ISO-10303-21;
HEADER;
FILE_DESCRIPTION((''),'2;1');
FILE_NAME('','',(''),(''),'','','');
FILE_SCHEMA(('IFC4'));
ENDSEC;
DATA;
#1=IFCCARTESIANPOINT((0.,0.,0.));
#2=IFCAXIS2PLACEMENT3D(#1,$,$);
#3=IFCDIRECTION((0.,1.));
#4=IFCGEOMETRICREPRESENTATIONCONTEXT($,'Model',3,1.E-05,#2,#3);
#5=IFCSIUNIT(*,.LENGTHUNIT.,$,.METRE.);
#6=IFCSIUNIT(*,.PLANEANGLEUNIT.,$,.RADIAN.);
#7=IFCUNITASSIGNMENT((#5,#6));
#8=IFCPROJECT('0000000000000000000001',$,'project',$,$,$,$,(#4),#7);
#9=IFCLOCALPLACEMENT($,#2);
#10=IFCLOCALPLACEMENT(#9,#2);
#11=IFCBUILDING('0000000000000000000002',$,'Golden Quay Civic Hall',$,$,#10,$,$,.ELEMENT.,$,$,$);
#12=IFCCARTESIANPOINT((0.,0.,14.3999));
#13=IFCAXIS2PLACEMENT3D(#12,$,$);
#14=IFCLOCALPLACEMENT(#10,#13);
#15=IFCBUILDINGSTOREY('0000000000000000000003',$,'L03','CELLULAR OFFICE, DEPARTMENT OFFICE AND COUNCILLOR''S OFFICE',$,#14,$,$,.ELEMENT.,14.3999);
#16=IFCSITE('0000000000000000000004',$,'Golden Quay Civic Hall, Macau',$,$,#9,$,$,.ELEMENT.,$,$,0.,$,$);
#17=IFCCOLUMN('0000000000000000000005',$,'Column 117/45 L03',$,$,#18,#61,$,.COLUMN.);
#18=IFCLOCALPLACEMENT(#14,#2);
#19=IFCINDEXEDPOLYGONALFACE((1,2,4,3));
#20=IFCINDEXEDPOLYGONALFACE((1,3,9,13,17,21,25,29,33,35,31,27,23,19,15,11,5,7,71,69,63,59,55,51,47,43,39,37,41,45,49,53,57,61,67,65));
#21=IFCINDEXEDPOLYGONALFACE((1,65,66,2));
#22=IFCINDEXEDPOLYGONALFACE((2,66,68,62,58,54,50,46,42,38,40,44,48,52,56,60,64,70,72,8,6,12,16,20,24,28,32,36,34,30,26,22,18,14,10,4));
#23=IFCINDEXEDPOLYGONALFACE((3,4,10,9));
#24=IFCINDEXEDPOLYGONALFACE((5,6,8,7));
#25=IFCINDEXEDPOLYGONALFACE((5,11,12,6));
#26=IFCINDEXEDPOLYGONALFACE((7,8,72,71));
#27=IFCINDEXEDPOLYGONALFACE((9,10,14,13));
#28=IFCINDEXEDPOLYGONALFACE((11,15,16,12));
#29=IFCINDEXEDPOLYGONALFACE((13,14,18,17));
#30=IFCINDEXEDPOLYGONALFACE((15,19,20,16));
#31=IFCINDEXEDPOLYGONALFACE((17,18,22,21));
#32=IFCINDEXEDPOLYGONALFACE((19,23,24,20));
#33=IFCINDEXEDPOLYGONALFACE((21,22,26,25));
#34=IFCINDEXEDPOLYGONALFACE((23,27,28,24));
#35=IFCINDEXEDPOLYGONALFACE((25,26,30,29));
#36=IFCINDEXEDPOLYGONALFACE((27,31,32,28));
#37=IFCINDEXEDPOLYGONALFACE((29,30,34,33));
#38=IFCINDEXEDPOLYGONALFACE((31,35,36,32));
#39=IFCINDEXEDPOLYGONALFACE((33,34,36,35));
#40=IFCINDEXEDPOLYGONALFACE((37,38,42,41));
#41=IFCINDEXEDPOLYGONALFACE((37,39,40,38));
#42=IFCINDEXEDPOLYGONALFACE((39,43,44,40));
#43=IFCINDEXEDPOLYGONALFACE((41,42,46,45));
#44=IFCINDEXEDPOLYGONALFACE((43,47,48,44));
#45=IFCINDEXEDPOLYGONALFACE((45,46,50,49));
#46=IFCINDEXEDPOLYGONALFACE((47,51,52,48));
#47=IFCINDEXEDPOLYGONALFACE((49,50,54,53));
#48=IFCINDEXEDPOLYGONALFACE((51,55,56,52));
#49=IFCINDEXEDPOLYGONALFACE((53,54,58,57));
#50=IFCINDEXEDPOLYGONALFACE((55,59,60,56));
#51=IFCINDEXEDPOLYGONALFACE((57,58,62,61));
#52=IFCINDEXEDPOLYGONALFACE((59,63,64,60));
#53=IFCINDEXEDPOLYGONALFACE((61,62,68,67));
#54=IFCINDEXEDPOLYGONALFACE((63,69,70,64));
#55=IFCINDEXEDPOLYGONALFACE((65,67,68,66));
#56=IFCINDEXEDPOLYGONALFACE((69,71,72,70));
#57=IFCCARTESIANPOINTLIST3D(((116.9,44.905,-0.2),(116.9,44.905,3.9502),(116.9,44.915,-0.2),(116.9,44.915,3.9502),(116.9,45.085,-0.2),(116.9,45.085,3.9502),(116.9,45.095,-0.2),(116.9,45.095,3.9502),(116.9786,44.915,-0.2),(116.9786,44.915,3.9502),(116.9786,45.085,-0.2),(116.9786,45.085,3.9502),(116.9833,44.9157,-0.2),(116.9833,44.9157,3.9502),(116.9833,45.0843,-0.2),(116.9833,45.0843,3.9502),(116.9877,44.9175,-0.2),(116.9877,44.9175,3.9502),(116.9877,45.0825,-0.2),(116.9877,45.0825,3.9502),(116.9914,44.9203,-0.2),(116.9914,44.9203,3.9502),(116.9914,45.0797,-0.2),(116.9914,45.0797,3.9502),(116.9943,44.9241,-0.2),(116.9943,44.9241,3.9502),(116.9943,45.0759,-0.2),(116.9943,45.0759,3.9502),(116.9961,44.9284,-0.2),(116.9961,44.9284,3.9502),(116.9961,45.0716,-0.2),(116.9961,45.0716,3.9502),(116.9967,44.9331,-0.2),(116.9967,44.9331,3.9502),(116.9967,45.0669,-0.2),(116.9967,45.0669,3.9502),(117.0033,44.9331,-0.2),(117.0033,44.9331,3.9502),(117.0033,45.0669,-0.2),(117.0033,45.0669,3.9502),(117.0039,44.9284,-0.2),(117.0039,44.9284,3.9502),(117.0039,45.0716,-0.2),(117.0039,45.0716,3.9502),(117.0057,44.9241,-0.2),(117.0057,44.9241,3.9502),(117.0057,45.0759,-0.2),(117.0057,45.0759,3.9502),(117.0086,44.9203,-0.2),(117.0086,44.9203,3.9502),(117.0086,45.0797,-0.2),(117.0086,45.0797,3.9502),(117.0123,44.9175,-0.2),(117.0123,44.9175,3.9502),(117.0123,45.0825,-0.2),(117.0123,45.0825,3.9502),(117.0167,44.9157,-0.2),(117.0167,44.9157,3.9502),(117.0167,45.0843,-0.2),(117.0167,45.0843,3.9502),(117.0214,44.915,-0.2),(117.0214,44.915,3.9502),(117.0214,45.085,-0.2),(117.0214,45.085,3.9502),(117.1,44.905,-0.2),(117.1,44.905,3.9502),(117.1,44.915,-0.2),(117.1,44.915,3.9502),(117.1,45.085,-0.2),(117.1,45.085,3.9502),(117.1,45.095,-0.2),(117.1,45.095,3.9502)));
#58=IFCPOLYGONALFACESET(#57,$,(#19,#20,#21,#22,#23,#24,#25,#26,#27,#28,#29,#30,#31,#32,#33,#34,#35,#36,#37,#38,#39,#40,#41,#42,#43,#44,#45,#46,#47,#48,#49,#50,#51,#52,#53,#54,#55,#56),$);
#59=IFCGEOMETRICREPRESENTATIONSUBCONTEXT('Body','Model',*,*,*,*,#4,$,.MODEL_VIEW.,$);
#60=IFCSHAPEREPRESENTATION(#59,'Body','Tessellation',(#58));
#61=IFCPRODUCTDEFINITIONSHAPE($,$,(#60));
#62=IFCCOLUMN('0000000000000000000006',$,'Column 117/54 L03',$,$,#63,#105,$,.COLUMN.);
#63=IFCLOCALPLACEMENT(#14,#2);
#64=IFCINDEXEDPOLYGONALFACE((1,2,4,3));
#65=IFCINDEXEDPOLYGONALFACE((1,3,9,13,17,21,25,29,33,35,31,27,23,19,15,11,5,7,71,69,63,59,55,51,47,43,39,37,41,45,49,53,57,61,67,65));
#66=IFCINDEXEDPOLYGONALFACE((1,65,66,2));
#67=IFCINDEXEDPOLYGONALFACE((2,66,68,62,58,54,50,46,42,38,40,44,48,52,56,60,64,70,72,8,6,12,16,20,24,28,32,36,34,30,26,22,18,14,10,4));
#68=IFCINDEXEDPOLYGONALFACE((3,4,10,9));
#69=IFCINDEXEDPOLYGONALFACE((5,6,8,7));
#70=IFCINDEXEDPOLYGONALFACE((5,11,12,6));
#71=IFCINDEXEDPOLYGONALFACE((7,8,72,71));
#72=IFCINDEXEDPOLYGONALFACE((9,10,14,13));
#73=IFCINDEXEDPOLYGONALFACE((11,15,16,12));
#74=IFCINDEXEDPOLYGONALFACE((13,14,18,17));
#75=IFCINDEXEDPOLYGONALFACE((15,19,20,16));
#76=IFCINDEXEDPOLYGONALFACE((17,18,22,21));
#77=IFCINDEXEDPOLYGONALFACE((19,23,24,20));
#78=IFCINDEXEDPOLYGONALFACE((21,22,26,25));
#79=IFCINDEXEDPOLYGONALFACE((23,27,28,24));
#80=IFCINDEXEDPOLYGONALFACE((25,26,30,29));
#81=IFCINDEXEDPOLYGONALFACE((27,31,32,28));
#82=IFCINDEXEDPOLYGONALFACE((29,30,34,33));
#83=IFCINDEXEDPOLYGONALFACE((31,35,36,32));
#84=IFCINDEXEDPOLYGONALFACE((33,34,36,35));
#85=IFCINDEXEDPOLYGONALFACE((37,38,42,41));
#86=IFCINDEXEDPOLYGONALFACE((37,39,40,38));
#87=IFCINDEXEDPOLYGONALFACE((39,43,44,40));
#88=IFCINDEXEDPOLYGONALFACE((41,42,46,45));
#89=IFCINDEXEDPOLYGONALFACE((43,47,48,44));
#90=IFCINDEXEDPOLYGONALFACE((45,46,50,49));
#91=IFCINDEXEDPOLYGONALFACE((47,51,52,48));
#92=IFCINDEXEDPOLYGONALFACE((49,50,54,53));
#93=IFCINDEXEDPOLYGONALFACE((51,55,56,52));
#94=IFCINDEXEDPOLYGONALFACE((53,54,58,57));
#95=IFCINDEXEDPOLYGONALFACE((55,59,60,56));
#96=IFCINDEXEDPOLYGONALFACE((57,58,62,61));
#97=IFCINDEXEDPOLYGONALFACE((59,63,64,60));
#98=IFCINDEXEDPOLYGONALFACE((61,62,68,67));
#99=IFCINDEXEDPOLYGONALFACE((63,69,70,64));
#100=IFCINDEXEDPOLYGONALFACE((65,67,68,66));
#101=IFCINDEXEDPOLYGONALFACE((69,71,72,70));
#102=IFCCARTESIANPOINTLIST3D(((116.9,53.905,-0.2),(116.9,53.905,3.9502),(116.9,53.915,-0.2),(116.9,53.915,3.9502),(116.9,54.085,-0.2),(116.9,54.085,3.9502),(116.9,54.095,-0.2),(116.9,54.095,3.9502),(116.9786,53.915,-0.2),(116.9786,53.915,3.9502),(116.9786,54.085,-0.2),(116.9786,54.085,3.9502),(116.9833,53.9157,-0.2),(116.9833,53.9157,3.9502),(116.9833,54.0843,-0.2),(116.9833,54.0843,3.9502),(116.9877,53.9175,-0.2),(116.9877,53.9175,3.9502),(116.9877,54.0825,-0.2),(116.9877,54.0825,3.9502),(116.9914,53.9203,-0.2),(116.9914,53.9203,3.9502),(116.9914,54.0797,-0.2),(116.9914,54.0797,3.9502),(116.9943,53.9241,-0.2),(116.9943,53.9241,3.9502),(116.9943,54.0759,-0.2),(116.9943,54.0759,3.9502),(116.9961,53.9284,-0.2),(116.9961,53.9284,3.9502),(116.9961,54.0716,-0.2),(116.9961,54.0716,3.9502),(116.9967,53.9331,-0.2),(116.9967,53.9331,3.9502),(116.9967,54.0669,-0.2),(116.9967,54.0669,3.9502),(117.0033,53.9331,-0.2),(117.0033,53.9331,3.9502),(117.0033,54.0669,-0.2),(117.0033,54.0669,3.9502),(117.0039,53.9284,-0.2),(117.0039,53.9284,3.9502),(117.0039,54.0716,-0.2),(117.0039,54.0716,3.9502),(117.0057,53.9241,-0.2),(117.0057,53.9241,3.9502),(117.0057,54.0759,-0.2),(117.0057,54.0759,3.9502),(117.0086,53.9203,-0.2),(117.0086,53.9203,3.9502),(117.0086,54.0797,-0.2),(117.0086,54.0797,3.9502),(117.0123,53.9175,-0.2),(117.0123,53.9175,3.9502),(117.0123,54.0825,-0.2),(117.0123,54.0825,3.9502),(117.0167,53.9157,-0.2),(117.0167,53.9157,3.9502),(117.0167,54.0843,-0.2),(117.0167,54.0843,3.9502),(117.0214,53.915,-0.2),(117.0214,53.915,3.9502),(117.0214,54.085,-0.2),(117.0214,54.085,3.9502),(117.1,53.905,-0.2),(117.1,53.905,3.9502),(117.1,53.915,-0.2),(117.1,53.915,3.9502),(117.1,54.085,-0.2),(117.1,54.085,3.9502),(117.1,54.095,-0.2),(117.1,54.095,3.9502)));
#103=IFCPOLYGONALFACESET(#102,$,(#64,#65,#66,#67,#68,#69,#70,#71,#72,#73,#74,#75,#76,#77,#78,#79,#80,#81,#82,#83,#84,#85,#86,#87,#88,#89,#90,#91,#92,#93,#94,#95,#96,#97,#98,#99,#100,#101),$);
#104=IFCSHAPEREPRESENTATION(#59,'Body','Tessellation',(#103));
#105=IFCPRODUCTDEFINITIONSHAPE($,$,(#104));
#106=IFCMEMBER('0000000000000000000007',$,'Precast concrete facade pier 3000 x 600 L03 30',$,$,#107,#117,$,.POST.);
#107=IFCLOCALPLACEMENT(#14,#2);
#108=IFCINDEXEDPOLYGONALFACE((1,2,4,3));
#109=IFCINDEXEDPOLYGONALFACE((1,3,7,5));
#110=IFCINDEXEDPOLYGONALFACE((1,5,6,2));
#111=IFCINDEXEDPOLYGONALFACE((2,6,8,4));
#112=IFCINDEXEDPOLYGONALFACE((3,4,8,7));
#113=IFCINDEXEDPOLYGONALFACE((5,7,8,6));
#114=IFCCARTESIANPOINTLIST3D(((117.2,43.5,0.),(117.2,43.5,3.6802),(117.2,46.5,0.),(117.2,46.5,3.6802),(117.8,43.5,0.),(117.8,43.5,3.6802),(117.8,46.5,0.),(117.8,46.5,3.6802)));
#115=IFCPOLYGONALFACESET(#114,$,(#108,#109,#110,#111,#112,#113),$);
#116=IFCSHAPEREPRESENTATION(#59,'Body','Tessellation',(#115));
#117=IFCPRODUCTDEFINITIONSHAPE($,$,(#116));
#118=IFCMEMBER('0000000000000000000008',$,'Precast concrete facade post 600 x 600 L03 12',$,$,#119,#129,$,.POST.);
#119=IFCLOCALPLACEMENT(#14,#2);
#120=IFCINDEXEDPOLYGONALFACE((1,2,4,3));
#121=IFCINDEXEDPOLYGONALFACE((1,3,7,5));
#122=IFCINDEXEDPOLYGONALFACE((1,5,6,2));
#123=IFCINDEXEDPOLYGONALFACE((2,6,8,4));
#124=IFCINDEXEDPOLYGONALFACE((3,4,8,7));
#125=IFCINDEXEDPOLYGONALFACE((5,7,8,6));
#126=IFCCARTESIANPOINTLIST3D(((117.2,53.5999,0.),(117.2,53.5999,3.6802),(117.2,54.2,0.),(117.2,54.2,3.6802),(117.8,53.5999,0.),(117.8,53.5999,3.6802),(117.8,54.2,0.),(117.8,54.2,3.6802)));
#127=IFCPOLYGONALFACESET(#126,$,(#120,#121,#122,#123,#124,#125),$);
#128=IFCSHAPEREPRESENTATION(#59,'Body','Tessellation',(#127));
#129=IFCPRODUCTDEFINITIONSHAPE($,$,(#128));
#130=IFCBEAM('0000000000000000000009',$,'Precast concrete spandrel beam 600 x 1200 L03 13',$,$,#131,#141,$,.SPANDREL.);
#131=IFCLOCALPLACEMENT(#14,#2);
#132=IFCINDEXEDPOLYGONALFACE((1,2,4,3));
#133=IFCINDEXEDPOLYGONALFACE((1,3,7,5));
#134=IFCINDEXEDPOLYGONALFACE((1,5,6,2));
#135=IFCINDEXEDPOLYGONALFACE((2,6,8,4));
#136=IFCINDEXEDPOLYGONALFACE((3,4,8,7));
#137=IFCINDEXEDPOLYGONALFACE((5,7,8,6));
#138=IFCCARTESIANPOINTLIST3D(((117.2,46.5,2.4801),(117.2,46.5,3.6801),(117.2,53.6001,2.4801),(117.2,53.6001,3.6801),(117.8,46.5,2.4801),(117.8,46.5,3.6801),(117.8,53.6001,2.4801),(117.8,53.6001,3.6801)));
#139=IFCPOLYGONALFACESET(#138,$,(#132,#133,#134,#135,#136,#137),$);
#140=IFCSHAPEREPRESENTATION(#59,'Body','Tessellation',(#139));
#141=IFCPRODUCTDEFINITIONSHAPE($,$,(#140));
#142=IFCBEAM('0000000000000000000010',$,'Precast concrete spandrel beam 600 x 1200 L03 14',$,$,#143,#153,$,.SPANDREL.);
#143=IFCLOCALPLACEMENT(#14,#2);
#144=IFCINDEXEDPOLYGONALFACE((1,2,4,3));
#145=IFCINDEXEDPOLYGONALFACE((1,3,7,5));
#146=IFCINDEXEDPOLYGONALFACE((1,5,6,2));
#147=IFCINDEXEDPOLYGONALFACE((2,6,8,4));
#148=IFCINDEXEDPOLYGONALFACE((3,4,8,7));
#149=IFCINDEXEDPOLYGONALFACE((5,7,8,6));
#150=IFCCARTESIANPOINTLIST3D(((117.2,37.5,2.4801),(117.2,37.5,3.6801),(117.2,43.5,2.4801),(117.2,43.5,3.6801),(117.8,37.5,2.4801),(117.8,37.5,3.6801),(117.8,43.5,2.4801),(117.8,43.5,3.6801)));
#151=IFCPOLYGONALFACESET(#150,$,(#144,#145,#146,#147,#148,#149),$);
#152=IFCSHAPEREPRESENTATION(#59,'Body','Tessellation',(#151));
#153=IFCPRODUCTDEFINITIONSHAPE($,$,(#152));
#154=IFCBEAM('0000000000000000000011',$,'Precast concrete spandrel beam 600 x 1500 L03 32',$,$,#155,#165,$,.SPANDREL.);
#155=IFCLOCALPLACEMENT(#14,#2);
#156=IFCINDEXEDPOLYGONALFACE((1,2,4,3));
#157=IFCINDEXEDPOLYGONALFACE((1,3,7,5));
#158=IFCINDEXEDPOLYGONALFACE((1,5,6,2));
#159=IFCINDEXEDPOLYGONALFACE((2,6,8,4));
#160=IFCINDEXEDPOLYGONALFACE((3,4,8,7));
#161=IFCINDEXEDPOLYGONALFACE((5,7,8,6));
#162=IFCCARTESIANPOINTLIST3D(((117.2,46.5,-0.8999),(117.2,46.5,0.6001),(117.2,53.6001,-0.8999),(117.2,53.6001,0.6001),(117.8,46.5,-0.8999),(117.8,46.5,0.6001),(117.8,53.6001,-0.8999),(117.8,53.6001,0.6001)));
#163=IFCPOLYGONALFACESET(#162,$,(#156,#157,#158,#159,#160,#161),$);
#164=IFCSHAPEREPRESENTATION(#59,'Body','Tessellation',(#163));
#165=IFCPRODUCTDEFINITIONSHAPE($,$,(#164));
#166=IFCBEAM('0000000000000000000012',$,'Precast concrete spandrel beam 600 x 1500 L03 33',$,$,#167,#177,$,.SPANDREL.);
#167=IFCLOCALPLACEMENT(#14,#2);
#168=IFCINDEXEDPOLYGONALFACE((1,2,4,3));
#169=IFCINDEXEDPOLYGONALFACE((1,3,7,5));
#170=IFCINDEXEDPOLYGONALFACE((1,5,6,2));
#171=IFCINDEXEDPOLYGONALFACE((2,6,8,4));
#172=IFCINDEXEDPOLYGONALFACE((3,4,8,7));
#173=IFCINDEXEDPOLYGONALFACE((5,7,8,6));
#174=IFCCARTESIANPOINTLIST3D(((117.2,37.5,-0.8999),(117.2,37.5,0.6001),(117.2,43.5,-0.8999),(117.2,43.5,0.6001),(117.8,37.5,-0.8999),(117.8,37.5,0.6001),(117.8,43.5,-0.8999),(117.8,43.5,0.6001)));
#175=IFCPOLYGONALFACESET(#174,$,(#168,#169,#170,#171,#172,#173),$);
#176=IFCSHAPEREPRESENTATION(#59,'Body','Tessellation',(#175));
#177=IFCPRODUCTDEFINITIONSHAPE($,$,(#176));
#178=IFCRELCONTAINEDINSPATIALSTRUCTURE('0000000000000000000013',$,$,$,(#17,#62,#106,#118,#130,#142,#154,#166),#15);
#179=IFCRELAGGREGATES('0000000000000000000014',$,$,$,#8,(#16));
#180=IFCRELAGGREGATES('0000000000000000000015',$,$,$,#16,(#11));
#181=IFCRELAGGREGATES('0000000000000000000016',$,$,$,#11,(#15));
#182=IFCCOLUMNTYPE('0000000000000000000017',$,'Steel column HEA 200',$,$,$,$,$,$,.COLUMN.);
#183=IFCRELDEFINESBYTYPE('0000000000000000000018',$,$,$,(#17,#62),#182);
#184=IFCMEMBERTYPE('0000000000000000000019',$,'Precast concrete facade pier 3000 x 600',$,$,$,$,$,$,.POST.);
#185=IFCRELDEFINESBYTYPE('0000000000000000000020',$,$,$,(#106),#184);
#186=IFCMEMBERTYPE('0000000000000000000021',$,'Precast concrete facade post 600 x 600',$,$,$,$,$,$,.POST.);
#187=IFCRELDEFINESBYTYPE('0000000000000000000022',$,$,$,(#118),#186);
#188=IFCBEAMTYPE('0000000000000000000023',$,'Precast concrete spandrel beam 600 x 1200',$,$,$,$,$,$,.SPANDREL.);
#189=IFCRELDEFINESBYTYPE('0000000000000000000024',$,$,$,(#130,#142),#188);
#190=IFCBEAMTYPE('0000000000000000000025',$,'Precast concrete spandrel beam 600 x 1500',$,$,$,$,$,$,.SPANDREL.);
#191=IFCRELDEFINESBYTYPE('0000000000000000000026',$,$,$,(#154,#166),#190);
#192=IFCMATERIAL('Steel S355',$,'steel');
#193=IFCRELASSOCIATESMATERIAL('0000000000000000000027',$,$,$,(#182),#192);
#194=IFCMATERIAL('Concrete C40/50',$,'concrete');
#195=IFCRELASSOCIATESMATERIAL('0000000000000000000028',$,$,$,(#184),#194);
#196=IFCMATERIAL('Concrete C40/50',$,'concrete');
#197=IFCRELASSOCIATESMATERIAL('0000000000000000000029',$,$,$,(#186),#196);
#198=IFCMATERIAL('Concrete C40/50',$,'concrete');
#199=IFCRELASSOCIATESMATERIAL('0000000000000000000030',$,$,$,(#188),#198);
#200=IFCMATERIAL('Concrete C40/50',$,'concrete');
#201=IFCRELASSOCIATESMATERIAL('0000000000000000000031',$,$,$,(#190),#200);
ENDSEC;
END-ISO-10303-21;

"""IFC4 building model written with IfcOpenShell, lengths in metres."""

from ifc_helpers import new_model, si_unit, direction, frame, origin, origin_2d, place, context, subcontext, project, spatial, rectangle, i_section, extrude, material, material_profile, profile_set, type_object, element, save


model = new_model("IFC4")

# Units and contexts
model_context = context("Model", 3, precision=1e-05, world=origin(), true_north=direction((0.0, 1.0)))
body_context = subcontext(model_context, "Body", "Model", "MODEL_VIEW")
ifc_project = project(units=[si_unit("LENGTHUNIT", "METRE"), si_unit("PLANEANGLEUNIT", "RADIAN")], contexts=[model_context])

# Site, building, storey
site_placement = place(None, origin())
site = spatial("IfcSite", under=ifc_project, at=site_placement, Name="Golden Quay Civic Hall, Macau", CompositionType="ELEMENT", RefElevation=0.0)
building_placement = place(site_placement, origin())
building = spatial("IfcBuilding", under=site, at=building_placement, Name="Golden Quay Civic Hall", CompositionType="ELEMENT")
storey_placement = place(building_placement, frame((0.0, 0.0, 14.3999)))
storey = spatial("IfcBuildingStorey", under=building, at=storey_placement, Name="L03", Description="CELLULAR OFFICE, DEPARTMENT OFFICE AND COUNCILLOR'S OFFICE", CompositionType="ELEMENT", Elevation=14.3999)

# Columns
ifc_material_1 = material(Name="Steel S355", Category="steel")
ifc_material_profile_1 = material_profile(ifc_material_1, i_section(OverallWidth=0.2, OverallDepth=0.1899, WebThickness=0.0066, FlangeThickness=0.01, FilletRadius=0.0181, at=origin_2d()), Name="HEA 200")
ifc_profile_set_1 = profile_set([ifc_material_profile_1], Name="Steel S355")
column_type = type_object("IfcColumnType", Name="Steel column HEA 200", PredefinedType="COLUMN", material=ifc_profile_set_1)
for number, where, z_axis, x_axis, name in (
    (1, (117.0, 45.0, -0.2), (0.0, 0.0, 1.0), (1.0, 0.0, 0.0), "Column 117/45 L03"),
    (2, (117.0, 54.0, -0.2), (0.0, 0.0, 1.0), (1.0, 0.0, 0.0), "Column 117/54 L03"),
):
    element("IfcColumn", number, at=place(storey_placement, frame(where, z_axis=z_axis, x_axis=x_axis)), inside=storey, type_object=column_type, Name=name, PredefinedType="COLUMN", context=body_context, shape_type="SweptSolid", body=[
        extrude(i_section(OverallWidth=0.2, OverallDepth=0.1899, WebThickness=0.0066, FlangeThickness=0.01, FilletRadius=0.0181, at=origin_2d()), origin(), (0.0, 0.0, 1.0), 4.1501),
    ])

# Members
ifc_material_2 = material(Name="Concrete C40/50", Category="concrete")
ifc_material_profile_2 = material_profile(ifc_material_2, rectangle(XDim=3.0, YDim=0.6001, at=origin_2d()), Name="RC 3000x600")
ifc_profile_set_2 = profile_set([ifc_material_profile_2], Name="Concrete C40/50")
member_type_1 = type_object("IfcMemberType", Name="Precast concrete facade pier 3000 x 600", PredefinedType="POST", material=ifc_profile_set_2)
member_1_placement = place(storey_placement, frame((117.5, 45.0, 0.0), z_axis=(0.0, 0.0, 1.0), x_axis=(0.0, 1.0, 0.0)))
element("IfcMember", 3, at=member_1_placement, inside=storey, type_object=member_type_1, Name="Precast concrete facade pier 3000 x 600 L03 30", PredefinedType="POST", context=body_context, shape_type="SweptSolid", body=[
    extrude(rectangle(XDim=3.0, YDim=0.6001, at=origin_2d()), origin(), (0.0, 0.0, 1.0), 3.6802),
])
ifc_material_3 = material(Name="Concrete C40/50", Category="concrete")
ifc_material_profile_3 = material_profile(ifc_material_3, rectangle(XDim=0.6001, YDim=0.6001, at=origin_2d()), Name="RC 600x600")
ifc_profile_set_3 = profile_set([ifc_material_profile_3], Name="Concrete C40/50")
member_type_2 = type_object("IfcMemberType", Name="Precast concrete facade post 600 x 600", PredefinedType="POST", material=ifc_profile_set_3)
member_2_placement = place(storey_placement, frame((117.5, 53.8999, 0.0), z_axis=(0.0, 0.0, 1.0), x_axis=(1.0, 0.0, 0.0)))
element("IfcMember", 4, at=member_2_placement, inside=storey, type_object=member_type_2, Name="Precast concrete facade post 600 x 600 L03 12", PredefinedType="POST", context=body_context, shape_type="SweptSolid", body=[
    extrude(rectangle(XDim=0.6001, YDim=0.6001, at=origin_2d()), origin(), (0.0, 0.0, 1.0), 3.6802),
])

# Beams
ifc_material_4 = material(Name="Concrete C40/50", Category="concrete")
ifc_material_profile_4 = material_profile(ifc_material_4, rectangle(XDim=0.6001, YDim=1.2, at=origin_2d()), Name="RC 600x1200")
ifc_profile_set_4 = profile_set([ifc_material_profile_4], Name="Concrete C40/50")
beam_type_1 = type_object("IfcBeamType", Name="Precast concrete spandrel beam 600 x 1200", PredefinedType="SPANDREL", material=ifc_profile_set_4)
beam_1_placement = place(storey_placement, frame((117.5, 46.5, 3.0801), z_axis=(0.0, 1.0, 0.0), x_axis=(-1.0, 0.0, 0.0)))
element("IfcBeam", 5, at=beam_1_placement, inside=storey, type_object=beam_type_1, Name="Precast concrete spandrel beam 600 x 1200 L03 13", PredefinedType="SPANDREL", context=body_context, shape_type="SweptSolid", body=[
    extrude(rectangle(XDim=0.6001, YDim=1.2, at=origin_2d()), origin(), (0.0, 0.0, 1.0), 7.1001),
])
beam_2_placement = place(storey_placement, frame((117.5, 37.5, 3.0801), z_axis=(0.0, 1.0, 0.0), x_axis=(-1.0, 0.0, 0.0)))
element("IfcBeam", 6, at=beam_2_placement, inside=storey, type_object=beam_type_1, Name="Precast concrete spandrel beam 600 x 1200 L03 14", PredefinedType="SPANDREL", context=body_context, shape_type="SweptSolid", body=[
    extrude(rectangle(XDim=0.6001, YDim=1.2, at=origin_2d()), origin(), (0.0, 0.0, 1.0), 6.0),
])
ifc_material_5 = material(Name="Concrete C40/50", Category="concrete")
ifc_material_profile_5 = material_profile(ifc_material_5, rectangle(XDim=0.6001, YDim=1.5, at=origin_2d()), Name="RC 600x1500")
ifc_profile_set_5 = profile_set([ifc_material_profile_5], Name="Concrete C40/50")
beam_type_2 = type_object("IfcBeamType", Name="Precast concrete spandrel beam 600 x 1500", PredefinedType="SPANDREL", material=ifc_profile_set_5)
beam_3_placement = place(storey_placement, frame((117.5, 46.5, -0.1499), z_axis=(0.0, 1.0, 0.0), x_axis=(-1.0, 0.0, 0.0)))
element("IfcBeam", 7, at=beam_3_placement, inside=storey, type_object=beam_type_2, Name="Precast concrete spandrel beam 600 x 1500 L03 32", PredefinedType="SPANDREL", context=body_context, shape_type="SweptSolid", body=[
    extrude(rectangle(XDim=0.6001, YDim=1.5, at=origin_2d()), origin(), (0.0, 0.0, 1.0), 7.1001),
])
beam_4_placement = place(storey_placement, frame((117.5, 37.5, -0.1499), z_axis=(0.0, 1.0, 0.0), x_axis=(-1.0, 0.0, 0.0)))
element("IfcBeam", 8, at=beam_4_placement, inside=storey, type_object=beam_type_2, Name="Precast concrete spandrel beam 600 x 1500 L03 33", PredefinedType="SPANDREL", context=body_context, shape_type="SweptSolid", body=[
    extrude(rectangle(XDim=0.6001, YDim=1.5, at=origin_2d()), origin(), (0.0, 0.0, 1.0), 6.0),
])

save(model, "model.ifc")
